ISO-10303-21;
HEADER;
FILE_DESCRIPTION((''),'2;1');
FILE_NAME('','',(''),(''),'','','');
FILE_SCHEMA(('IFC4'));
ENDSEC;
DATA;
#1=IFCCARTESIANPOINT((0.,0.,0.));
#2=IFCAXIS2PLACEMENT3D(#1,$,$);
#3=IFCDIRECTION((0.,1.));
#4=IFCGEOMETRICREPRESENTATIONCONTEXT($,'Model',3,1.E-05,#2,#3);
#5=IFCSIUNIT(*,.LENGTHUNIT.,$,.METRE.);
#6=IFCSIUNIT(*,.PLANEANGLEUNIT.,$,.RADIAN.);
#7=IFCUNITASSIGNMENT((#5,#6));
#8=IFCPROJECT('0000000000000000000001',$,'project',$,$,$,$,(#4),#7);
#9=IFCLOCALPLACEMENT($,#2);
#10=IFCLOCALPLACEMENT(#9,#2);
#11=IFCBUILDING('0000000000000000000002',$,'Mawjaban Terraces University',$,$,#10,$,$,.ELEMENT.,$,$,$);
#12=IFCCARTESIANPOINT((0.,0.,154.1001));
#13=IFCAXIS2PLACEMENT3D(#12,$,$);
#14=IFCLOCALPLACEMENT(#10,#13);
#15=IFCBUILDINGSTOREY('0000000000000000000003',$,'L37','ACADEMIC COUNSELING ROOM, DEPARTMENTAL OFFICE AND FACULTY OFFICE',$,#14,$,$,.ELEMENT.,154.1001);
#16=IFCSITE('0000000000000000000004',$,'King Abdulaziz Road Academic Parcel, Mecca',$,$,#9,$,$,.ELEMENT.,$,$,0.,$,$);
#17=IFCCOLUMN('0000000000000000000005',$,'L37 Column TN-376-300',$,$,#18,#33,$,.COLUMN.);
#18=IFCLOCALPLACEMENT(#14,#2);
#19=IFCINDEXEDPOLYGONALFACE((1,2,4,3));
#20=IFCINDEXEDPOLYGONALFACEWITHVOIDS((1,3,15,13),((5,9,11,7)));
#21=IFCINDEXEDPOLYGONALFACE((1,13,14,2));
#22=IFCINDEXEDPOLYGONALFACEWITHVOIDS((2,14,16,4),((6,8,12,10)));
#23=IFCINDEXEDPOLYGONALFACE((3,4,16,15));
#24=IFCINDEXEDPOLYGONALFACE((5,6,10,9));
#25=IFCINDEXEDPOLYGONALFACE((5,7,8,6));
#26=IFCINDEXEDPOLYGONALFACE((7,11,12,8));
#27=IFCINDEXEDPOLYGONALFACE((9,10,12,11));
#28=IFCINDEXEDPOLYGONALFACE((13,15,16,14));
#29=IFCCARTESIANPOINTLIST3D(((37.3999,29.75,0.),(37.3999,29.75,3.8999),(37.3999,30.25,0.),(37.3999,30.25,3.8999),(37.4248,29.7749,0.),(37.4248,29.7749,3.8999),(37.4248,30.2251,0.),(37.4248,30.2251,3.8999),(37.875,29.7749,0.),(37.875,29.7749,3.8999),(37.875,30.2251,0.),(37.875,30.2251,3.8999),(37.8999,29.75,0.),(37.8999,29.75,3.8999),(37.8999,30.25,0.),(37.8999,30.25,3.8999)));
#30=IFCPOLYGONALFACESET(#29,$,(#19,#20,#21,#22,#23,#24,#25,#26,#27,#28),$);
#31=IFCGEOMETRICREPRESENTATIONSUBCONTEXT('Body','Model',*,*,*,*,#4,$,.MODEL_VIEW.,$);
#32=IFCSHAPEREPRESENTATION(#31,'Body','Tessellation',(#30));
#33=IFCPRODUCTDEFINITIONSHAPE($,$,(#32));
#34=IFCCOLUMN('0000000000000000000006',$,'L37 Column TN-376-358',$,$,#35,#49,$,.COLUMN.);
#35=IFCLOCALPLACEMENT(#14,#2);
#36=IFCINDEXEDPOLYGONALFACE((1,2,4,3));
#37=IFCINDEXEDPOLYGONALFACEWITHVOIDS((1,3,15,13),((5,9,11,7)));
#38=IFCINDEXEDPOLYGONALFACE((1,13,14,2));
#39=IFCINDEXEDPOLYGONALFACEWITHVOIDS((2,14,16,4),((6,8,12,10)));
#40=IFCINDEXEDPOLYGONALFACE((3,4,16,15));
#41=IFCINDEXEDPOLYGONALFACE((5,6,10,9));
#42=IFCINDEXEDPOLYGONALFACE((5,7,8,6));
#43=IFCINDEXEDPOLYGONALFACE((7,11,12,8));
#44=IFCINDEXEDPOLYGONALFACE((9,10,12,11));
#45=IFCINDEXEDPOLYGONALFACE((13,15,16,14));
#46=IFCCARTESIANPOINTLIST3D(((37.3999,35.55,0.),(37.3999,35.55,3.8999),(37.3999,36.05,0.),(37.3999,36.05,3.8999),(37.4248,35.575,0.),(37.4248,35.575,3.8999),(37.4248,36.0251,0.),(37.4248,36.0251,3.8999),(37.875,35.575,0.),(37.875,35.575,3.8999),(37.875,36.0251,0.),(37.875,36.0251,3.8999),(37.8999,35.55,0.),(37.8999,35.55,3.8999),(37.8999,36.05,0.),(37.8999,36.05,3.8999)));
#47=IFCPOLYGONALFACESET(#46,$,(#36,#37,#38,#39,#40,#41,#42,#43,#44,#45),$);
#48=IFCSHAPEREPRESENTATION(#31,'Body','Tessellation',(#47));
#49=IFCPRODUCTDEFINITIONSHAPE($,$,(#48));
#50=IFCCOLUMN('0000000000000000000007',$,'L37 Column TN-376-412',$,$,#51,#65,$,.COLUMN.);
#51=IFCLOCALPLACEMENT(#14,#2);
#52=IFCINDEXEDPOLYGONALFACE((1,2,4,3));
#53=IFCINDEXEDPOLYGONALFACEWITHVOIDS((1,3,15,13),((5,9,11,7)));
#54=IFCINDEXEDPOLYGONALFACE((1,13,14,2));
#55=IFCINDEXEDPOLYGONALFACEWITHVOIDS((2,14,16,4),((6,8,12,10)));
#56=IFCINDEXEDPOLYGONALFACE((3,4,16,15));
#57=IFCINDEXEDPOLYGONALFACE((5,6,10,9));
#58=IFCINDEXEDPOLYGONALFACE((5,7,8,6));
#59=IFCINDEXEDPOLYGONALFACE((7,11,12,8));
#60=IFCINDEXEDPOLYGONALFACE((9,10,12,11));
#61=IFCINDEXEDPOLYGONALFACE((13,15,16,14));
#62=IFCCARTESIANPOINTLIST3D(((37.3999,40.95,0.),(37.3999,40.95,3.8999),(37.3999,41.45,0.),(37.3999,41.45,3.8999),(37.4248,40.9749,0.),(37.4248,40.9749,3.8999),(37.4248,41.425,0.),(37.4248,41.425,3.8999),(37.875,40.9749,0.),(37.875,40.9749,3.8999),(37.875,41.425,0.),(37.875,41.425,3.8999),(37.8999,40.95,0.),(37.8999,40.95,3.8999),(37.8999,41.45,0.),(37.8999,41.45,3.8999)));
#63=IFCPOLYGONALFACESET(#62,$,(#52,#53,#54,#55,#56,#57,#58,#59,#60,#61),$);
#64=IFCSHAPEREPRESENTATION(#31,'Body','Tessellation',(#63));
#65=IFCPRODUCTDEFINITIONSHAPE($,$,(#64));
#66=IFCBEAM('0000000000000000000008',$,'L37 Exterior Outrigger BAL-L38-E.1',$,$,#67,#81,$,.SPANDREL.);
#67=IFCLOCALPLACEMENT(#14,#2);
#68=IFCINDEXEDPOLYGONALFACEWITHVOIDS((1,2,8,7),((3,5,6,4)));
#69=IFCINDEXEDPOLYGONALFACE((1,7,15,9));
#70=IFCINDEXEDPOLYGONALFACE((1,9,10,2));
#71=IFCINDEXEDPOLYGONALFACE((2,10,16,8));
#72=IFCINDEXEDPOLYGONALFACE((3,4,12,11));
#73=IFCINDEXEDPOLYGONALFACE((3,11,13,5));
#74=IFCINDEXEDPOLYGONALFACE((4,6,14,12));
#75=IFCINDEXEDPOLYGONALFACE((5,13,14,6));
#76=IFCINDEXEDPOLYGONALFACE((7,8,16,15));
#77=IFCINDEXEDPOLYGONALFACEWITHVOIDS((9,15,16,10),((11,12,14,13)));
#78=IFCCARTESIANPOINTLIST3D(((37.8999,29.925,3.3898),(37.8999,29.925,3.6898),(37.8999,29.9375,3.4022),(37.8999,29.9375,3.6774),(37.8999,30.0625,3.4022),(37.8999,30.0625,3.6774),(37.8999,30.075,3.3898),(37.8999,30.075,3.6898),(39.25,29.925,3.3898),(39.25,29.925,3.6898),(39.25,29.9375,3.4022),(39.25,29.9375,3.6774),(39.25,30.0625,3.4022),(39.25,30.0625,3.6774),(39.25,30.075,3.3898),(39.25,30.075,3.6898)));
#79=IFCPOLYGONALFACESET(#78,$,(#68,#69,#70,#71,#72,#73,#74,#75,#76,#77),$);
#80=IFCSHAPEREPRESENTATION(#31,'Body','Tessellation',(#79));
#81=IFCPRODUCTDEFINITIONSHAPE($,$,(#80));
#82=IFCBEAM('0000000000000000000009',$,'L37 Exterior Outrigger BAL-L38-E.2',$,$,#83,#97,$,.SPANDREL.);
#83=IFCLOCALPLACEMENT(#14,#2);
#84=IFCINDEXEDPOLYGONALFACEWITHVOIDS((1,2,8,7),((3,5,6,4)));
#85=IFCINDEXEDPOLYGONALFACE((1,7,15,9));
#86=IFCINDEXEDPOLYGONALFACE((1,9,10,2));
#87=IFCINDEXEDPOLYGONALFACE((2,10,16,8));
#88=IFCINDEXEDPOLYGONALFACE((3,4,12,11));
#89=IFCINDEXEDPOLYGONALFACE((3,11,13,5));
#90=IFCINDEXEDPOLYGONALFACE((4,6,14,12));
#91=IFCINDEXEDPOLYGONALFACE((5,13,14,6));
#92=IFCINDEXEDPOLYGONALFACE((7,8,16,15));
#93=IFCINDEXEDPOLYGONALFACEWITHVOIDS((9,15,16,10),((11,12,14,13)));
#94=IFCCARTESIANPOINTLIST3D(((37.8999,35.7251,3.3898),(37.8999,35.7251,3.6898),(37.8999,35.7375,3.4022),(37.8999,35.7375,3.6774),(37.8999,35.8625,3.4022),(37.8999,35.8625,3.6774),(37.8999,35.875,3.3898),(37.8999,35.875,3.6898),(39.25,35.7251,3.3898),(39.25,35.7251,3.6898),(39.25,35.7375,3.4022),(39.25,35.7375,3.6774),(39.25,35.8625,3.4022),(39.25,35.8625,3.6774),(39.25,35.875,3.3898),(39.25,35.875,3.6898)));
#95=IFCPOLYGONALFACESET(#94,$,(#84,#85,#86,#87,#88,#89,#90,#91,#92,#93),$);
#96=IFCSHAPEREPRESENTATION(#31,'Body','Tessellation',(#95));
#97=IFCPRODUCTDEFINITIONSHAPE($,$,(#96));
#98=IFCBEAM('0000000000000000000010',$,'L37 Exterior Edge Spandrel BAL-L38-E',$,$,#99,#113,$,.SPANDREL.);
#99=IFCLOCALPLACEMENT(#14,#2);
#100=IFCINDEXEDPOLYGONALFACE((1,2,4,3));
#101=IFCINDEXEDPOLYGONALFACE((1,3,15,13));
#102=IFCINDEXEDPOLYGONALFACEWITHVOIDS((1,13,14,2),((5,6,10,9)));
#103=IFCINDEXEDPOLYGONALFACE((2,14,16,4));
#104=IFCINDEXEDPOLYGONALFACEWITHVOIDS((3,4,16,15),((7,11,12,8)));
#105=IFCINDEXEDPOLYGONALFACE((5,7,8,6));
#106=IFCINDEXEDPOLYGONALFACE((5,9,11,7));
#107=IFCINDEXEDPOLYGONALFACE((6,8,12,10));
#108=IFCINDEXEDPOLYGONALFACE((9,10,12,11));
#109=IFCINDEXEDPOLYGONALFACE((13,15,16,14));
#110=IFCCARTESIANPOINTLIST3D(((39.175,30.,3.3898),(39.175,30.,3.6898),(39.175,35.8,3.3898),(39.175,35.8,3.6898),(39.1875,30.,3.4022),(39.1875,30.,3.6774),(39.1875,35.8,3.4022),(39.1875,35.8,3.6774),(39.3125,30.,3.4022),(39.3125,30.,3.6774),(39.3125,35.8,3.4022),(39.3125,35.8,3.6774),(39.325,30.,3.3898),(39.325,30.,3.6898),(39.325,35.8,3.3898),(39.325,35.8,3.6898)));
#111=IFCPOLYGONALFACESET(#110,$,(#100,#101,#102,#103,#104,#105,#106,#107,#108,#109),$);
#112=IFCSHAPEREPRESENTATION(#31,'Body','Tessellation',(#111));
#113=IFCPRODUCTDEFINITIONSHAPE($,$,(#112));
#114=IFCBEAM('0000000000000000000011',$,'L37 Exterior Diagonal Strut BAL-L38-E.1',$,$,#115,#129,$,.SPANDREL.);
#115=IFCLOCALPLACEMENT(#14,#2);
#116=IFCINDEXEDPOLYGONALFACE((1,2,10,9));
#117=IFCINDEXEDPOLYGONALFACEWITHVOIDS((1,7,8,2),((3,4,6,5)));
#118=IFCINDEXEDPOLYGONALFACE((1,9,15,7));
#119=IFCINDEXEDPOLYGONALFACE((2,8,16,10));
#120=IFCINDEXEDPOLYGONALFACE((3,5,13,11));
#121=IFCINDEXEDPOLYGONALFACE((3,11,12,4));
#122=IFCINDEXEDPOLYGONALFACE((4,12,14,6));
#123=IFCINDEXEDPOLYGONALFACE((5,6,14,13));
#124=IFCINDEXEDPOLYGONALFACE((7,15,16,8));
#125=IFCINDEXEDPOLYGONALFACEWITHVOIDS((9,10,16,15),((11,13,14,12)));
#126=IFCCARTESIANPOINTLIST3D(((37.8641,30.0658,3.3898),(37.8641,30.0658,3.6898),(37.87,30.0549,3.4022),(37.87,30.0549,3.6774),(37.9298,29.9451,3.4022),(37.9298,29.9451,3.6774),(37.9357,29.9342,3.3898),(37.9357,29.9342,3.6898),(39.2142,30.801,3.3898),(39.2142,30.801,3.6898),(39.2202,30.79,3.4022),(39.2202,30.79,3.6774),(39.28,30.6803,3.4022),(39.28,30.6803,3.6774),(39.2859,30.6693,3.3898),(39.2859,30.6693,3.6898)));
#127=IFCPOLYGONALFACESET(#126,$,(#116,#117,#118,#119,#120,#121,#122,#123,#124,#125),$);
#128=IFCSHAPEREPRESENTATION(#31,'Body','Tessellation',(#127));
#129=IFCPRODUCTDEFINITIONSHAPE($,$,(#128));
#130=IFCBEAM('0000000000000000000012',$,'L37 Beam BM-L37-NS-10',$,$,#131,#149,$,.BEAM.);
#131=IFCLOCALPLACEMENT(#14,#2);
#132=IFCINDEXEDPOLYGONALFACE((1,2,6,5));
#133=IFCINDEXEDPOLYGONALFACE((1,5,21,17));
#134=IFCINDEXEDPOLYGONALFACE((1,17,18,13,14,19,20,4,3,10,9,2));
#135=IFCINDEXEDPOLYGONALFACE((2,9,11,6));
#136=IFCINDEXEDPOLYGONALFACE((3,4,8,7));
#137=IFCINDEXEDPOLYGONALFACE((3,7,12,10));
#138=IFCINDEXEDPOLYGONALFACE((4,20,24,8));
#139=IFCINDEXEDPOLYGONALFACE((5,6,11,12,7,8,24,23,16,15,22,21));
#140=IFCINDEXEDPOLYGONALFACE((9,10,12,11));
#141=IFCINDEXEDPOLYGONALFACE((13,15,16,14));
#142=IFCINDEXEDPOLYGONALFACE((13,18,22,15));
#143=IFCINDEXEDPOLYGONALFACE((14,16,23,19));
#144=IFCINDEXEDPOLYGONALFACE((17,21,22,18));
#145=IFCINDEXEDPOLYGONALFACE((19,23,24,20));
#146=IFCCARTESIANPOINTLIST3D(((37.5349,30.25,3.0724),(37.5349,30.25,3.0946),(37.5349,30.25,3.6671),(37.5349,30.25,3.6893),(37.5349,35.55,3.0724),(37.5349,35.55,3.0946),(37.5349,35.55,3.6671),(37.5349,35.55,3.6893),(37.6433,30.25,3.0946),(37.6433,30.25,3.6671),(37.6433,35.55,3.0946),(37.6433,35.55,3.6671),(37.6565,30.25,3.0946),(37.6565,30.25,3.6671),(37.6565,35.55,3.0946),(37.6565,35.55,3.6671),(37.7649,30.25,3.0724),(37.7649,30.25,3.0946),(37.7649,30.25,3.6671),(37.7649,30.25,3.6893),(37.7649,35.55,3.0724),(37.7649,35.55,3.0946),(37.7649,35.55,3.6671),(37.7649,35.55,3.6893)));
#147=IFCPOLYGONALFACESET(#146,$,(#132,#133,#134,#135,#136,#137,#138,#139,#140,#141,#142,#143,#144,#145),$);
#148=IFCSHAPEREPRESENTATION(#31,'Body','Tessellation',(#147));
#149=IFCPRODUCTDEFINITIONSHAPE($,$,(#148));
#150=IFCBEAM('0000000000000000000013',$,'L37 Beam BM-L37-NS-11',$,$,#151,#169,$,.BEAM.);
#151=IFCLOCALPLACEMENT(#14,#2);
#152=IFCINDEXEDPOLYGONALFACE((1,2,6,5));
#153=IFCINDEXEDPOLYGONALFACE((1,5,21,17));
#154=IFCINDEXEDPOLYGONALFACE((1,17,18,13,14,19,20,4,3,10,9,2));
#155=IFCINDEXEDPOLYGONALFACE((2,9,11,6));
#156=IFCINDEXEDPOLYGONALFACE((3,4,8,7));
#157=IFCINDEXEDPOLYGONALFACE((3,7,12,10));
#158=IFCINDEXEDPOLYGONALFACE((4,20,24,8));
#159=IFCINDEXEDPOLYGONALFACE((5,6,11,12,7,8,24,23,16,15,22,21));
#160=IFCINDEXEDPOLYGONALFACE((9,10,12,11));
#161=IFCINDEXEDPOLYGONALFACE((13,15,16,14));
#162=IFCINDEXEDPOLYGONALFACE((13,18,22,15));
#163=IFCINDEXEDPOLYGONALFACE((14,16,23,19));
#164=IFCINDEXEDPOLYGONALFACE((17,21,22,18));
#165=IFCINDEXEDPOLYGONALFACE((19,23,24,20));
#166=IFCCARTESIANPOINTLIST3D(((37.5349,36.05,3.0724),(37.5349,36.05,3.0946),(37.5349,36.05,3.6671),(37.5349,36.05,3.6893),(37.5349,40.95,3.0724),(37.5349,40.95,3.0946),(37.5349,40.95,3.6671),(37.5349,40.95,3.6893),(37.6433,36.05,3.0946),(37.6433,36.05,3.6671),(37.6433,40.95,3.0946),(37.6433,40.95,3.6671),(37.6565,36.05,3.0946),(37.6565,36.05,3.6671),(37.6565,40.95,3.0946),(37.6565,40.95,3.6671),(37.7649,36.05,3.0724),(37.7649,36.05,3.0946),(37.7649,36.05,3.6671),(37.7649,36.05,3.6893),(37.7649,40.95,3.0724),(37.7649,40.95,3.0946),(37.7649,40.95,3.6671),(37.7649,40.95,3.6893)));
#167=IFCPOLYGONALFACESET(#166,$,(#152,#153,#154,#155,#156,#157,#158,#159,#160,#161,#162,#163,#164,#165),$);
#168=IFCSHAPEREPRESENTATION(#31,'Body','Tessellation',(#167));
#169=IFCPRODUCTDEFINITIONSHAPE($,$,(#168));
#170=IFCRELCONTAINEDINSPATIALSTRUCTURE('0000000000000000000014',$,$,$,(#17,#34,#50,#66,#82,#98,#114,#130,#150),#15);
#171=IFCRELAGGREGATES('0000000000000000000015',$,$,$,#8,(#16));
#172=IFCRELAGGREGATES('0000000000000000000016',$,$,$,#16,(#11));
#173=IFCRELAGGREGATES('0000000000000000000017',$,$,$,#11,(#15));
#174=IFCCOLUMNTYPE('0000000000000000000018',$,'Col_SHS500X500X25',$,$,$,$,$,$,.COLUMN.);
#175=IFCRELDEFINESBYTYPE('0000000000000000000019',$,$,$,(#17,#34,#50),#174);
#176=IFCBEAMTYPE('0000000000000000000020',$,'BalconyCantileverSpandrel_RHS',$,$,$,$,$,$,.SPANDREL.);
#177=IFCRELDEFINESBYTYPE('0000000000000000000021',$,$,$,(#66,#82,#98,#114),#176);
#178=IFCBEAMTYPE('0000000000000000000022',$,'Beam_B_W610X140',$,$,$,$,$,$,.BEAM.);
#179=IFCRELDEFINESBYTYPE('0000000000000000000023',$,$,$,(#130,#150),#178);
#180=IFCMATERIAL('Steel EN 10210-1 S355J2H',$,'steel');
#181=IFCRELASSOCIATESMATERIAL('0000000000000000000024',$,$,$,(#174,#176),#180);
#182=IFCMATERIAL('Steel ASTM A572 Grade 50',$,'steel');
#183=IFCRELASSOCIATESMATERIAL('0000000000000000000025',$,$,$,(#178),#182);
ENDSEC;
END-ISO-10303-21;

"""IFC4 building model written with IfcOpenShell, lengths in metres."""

from ifc_helpers import new_model, si_unit, direction, frame, origin, origin_2d, place, context, subcontext, project, spatial, hollow_rectangle, i_section, extrude, material, material_profile, profile_set, type_object, element, save


model = new_model("IFC4")

# Units and contexts
model_context = context("Model", 3, precision=1e-05, world=origin(), true_north=direction((0.0, 1.0)))
body_context = subcontext(model_context, "Body", "Model", "MODEL_VIEW")
ifc_project = project(units=[si_unit("LENGTHUNIT", "METRE"), si_unit("PLANEANGLEUNIT", "RADIAN")], contexts=[model_context])

# Site, building, storey
site_placement = place(None, origin())
site = spatial("IfcSite", under=ifc_project, at=site_placement, Name="King Abdulaziz Road Academic Parcel, Mecca", CompositionType="ELEMENT", RefElevation=0.0)
building_placement = place(site_placement, origin())
building = spatial("IfcBuilding", under=site, at=building_placement, Name="Mawjaban Terraces University", CompositionType="ELEMENT")
storey_placement = place(building_placement, frame((0.0, 0.0, 154.1001)))
storey = spatial("IfcBuildingStorey", under=building, at=storey_placement, Name="L37", Description="ACADEMIC COUNSELING ROOM, DEPARTMENTAL OFFICE AND FACULTY OFFICE", CompositionType="ELEMENT", Elevation=154.1001)

# Columns
ifc_material_1 = material(Name="Steel EN 10210-1 S355J2H", Category="steel")
ifc_material_profile_1 = material_profile(ifc_material_1, hollow_rectangle(XDim=0.5, YDim=0.5, WallThickness=0.0249, at=origin_2d()), Name="SHS500X500X25")
ifc_profile_set_1 = profile_set([ifc_material_profile_1], Name="Steel EN 10210-1 S355J2H")
column_type = type_object("IfcColumnType", Name="Col_SHS500X500X25", PredefinedType="COLUMN", material=ifc_profile_set_1)
for number, where, z_axis, x_axis, name in (
    (1, (37.6499, 30.0, 0.0), (0.0, 0.0, 1.0), (1.0, 0.0, 0.0), "L37 Column TN-376-300"),
    (2, (37.6499, 35.8, 0.0), (0.0, 0.0, 1.0), (1.0, 0.0, 0.0), "L37 Column TN-376-358"),
    (3, (37.6499, 41.2, 0.0), (0.0, 0.0, 1.0), (1.0, 0.0, 0.0), "L37 Column TN-376-412"),
):
    element("IfcColumn", number, at=place(storey_placement, frame(where, z_axis=z_axis, x_axis=x_axis)), inside=storey, type_object=column_type, Name=name, PredefinedType="COLUMN", context=body_context, shape_type="SweptSolid", body=[
        extrude(hollow_rectangle(XDim=0.5, YDim=0.5, WallThickness=0.0249, at=origin_2d()), origin(), (0.0, 0.0, 1.0), 3.8999),
    ])

# Beams
ifc_material_profile_2 = material_profile(ifc_material_1, hollow_rectangle(XDim=0.1499, YDim=0.3, WallThickness=0.0125, at=origin_2d()), Name="RHS300X150X12.5")
ifc_profile_set_2 = profile_set([ifc_material_profile_2], Name="Steel EN 10210-1 S355J2H")
beam_type_1 = type_object("IfcBeamType", Name="BalconyCantileverSpandrel_RHS", PredefinedType="SPANDREL", material=ifc_profile_set_2)
for number, where, z_axis, x_axis, name in (
    (4, (37.8999, 30.0, 3.5398), (1.0, 0.0, 0.0), (0.0, 1.0, 0.0), "L37 Exterior Outrigger BAL-L38-E.1"),
    (5, (37.8999, 35.8, 3.5398), (1.0, 0.0, 0.0), (0.0, 1.0, 0.0), "L37 Exterior Outrigger BAL-L38-E.2"),
):
    element("IfcBeam", number, at=place(storey_placement, frame(where, z_axis=z_axis, x_axis=x_axis)), inside=storey, type_object=beam_type_1, Name=name, PredefinedType="SPANDREL", context=body_context, shape_type="SweptSolid", body=[
        extrude(hollow_rectangle(XDim=0.1499, YDim=0.3, WallThickness=0.0125, at=origin_2d()), origin(), (0.0, 0.0, 1.0), 1.3501),
    ])
beam_1_placement = place(storey_placement, frame((39.25, 30.0, 3.5398), z_axis=(0.0, 1.0, 0.0), x_axis=(-1.0, 0.0, 0.0)))
element("IfcBeam", 6, at=beam_1_placement, inside=storey, type_object=beam_type_1, Name="L37 Exterior Edge Spandrel BAL-L38-E", PredefinedType="SPANDREL", context=body_context, shape_type="SweptSolid", body=[
    extrude(hollow_rectangle(XDim=0.1499, YDim=0.3, WallThickness=0.0125, at=origin_2d()), origin(), (0.0, 0.0, 1.0), 5.8),
])
beam_2_placement = place(storey_placement, frame((37.8999, 30.0, 3.5398), z_axis=(0.878253, 0.478195, 0.0), x_axis=(-0.478195, 0.878253, 0.0)))
element("IfcBeam", 7, at=beam_2_placement, inside=storey, type_object=beam_type_1, Name="L37 Exterior Diagonal Strut BAL-L38-E.1", PredefinedType="SPANDREL", context=body_context, shape_type="SweptSolid", body=[
    extrude(hollow_rectangle(XDim=0.1499, YDim=0.3, WallThickness=0.0125, at=origin_2d()), origin(), (0.0, 0.0, 1.0), 1.5374),
])
ifc_material_2 = material(Name="Steel ASTM A572 Grade 50", Category="steel")
ifc_material_profile_3 = material_profile(ifc_material_2, i_section(OverallWidth=0.23, OverallDepth=0.6169, WebThickness=0.0132, FlangeThickness=0.0222, at=origin_2d()), Name="W610X140")
ifc_profile_set_3 = profile_set([ifc_material_profile_3], Name="Steel ASTM A572 Grade 50")
beam_type_2 = type_object("IfcBeamType", Name="Beam_B_W610X140", PredefinedType="BEAM", material=ifc_profile_set_3)
beam_3_placement = place(storey_placement, frame((37.6499, 30.25, 3.3809), z_axis=(0.0, 1.0, 0.0), x_axis=(-1.0, 0.0, 0.0)))
element("IfcBeam", 8, at=beam_3_placement, inside=storey, type_object=beam_type_2, Name="L37 Beam BM-L37-NS-10", PredefinedType="BEAM", context=body_context, shape_type="SweptSolid", body=[
    extrude(i_section(OverallWidth=0.23, OverallDepth=0.6169, WebThickness=0.0132, FlangeThickness=0.0222, at=origin_2d()), origin(), (0.0, 0.0, 1.0), 5.3),
])
beam_4_placement = place(storey_placement, frame((37.6499, 36.05, 3.3809), z_axis=(0.0, 1.0, 0.0), x_axis=(-1.0, 0.0, 0.0)))
element("IfcBeam", 9, at=beam_4_placement, inside=storey, type_object=beam_type_2, Name="L37 Beam BM-L37-NS-11", PredefinedType="BEAM", context=body_context, shape_type="SweptSolid", body=[
    extrude(i_section(OverallWidth=0.23, OverallDepth=0.6169, WebThickness=0.0132, FlangeThickness=0.0222, at=origin_2d()), origin(), (0.0, 0.0, 1.0), 4.8999),
])

save(model, "model.ifc")
